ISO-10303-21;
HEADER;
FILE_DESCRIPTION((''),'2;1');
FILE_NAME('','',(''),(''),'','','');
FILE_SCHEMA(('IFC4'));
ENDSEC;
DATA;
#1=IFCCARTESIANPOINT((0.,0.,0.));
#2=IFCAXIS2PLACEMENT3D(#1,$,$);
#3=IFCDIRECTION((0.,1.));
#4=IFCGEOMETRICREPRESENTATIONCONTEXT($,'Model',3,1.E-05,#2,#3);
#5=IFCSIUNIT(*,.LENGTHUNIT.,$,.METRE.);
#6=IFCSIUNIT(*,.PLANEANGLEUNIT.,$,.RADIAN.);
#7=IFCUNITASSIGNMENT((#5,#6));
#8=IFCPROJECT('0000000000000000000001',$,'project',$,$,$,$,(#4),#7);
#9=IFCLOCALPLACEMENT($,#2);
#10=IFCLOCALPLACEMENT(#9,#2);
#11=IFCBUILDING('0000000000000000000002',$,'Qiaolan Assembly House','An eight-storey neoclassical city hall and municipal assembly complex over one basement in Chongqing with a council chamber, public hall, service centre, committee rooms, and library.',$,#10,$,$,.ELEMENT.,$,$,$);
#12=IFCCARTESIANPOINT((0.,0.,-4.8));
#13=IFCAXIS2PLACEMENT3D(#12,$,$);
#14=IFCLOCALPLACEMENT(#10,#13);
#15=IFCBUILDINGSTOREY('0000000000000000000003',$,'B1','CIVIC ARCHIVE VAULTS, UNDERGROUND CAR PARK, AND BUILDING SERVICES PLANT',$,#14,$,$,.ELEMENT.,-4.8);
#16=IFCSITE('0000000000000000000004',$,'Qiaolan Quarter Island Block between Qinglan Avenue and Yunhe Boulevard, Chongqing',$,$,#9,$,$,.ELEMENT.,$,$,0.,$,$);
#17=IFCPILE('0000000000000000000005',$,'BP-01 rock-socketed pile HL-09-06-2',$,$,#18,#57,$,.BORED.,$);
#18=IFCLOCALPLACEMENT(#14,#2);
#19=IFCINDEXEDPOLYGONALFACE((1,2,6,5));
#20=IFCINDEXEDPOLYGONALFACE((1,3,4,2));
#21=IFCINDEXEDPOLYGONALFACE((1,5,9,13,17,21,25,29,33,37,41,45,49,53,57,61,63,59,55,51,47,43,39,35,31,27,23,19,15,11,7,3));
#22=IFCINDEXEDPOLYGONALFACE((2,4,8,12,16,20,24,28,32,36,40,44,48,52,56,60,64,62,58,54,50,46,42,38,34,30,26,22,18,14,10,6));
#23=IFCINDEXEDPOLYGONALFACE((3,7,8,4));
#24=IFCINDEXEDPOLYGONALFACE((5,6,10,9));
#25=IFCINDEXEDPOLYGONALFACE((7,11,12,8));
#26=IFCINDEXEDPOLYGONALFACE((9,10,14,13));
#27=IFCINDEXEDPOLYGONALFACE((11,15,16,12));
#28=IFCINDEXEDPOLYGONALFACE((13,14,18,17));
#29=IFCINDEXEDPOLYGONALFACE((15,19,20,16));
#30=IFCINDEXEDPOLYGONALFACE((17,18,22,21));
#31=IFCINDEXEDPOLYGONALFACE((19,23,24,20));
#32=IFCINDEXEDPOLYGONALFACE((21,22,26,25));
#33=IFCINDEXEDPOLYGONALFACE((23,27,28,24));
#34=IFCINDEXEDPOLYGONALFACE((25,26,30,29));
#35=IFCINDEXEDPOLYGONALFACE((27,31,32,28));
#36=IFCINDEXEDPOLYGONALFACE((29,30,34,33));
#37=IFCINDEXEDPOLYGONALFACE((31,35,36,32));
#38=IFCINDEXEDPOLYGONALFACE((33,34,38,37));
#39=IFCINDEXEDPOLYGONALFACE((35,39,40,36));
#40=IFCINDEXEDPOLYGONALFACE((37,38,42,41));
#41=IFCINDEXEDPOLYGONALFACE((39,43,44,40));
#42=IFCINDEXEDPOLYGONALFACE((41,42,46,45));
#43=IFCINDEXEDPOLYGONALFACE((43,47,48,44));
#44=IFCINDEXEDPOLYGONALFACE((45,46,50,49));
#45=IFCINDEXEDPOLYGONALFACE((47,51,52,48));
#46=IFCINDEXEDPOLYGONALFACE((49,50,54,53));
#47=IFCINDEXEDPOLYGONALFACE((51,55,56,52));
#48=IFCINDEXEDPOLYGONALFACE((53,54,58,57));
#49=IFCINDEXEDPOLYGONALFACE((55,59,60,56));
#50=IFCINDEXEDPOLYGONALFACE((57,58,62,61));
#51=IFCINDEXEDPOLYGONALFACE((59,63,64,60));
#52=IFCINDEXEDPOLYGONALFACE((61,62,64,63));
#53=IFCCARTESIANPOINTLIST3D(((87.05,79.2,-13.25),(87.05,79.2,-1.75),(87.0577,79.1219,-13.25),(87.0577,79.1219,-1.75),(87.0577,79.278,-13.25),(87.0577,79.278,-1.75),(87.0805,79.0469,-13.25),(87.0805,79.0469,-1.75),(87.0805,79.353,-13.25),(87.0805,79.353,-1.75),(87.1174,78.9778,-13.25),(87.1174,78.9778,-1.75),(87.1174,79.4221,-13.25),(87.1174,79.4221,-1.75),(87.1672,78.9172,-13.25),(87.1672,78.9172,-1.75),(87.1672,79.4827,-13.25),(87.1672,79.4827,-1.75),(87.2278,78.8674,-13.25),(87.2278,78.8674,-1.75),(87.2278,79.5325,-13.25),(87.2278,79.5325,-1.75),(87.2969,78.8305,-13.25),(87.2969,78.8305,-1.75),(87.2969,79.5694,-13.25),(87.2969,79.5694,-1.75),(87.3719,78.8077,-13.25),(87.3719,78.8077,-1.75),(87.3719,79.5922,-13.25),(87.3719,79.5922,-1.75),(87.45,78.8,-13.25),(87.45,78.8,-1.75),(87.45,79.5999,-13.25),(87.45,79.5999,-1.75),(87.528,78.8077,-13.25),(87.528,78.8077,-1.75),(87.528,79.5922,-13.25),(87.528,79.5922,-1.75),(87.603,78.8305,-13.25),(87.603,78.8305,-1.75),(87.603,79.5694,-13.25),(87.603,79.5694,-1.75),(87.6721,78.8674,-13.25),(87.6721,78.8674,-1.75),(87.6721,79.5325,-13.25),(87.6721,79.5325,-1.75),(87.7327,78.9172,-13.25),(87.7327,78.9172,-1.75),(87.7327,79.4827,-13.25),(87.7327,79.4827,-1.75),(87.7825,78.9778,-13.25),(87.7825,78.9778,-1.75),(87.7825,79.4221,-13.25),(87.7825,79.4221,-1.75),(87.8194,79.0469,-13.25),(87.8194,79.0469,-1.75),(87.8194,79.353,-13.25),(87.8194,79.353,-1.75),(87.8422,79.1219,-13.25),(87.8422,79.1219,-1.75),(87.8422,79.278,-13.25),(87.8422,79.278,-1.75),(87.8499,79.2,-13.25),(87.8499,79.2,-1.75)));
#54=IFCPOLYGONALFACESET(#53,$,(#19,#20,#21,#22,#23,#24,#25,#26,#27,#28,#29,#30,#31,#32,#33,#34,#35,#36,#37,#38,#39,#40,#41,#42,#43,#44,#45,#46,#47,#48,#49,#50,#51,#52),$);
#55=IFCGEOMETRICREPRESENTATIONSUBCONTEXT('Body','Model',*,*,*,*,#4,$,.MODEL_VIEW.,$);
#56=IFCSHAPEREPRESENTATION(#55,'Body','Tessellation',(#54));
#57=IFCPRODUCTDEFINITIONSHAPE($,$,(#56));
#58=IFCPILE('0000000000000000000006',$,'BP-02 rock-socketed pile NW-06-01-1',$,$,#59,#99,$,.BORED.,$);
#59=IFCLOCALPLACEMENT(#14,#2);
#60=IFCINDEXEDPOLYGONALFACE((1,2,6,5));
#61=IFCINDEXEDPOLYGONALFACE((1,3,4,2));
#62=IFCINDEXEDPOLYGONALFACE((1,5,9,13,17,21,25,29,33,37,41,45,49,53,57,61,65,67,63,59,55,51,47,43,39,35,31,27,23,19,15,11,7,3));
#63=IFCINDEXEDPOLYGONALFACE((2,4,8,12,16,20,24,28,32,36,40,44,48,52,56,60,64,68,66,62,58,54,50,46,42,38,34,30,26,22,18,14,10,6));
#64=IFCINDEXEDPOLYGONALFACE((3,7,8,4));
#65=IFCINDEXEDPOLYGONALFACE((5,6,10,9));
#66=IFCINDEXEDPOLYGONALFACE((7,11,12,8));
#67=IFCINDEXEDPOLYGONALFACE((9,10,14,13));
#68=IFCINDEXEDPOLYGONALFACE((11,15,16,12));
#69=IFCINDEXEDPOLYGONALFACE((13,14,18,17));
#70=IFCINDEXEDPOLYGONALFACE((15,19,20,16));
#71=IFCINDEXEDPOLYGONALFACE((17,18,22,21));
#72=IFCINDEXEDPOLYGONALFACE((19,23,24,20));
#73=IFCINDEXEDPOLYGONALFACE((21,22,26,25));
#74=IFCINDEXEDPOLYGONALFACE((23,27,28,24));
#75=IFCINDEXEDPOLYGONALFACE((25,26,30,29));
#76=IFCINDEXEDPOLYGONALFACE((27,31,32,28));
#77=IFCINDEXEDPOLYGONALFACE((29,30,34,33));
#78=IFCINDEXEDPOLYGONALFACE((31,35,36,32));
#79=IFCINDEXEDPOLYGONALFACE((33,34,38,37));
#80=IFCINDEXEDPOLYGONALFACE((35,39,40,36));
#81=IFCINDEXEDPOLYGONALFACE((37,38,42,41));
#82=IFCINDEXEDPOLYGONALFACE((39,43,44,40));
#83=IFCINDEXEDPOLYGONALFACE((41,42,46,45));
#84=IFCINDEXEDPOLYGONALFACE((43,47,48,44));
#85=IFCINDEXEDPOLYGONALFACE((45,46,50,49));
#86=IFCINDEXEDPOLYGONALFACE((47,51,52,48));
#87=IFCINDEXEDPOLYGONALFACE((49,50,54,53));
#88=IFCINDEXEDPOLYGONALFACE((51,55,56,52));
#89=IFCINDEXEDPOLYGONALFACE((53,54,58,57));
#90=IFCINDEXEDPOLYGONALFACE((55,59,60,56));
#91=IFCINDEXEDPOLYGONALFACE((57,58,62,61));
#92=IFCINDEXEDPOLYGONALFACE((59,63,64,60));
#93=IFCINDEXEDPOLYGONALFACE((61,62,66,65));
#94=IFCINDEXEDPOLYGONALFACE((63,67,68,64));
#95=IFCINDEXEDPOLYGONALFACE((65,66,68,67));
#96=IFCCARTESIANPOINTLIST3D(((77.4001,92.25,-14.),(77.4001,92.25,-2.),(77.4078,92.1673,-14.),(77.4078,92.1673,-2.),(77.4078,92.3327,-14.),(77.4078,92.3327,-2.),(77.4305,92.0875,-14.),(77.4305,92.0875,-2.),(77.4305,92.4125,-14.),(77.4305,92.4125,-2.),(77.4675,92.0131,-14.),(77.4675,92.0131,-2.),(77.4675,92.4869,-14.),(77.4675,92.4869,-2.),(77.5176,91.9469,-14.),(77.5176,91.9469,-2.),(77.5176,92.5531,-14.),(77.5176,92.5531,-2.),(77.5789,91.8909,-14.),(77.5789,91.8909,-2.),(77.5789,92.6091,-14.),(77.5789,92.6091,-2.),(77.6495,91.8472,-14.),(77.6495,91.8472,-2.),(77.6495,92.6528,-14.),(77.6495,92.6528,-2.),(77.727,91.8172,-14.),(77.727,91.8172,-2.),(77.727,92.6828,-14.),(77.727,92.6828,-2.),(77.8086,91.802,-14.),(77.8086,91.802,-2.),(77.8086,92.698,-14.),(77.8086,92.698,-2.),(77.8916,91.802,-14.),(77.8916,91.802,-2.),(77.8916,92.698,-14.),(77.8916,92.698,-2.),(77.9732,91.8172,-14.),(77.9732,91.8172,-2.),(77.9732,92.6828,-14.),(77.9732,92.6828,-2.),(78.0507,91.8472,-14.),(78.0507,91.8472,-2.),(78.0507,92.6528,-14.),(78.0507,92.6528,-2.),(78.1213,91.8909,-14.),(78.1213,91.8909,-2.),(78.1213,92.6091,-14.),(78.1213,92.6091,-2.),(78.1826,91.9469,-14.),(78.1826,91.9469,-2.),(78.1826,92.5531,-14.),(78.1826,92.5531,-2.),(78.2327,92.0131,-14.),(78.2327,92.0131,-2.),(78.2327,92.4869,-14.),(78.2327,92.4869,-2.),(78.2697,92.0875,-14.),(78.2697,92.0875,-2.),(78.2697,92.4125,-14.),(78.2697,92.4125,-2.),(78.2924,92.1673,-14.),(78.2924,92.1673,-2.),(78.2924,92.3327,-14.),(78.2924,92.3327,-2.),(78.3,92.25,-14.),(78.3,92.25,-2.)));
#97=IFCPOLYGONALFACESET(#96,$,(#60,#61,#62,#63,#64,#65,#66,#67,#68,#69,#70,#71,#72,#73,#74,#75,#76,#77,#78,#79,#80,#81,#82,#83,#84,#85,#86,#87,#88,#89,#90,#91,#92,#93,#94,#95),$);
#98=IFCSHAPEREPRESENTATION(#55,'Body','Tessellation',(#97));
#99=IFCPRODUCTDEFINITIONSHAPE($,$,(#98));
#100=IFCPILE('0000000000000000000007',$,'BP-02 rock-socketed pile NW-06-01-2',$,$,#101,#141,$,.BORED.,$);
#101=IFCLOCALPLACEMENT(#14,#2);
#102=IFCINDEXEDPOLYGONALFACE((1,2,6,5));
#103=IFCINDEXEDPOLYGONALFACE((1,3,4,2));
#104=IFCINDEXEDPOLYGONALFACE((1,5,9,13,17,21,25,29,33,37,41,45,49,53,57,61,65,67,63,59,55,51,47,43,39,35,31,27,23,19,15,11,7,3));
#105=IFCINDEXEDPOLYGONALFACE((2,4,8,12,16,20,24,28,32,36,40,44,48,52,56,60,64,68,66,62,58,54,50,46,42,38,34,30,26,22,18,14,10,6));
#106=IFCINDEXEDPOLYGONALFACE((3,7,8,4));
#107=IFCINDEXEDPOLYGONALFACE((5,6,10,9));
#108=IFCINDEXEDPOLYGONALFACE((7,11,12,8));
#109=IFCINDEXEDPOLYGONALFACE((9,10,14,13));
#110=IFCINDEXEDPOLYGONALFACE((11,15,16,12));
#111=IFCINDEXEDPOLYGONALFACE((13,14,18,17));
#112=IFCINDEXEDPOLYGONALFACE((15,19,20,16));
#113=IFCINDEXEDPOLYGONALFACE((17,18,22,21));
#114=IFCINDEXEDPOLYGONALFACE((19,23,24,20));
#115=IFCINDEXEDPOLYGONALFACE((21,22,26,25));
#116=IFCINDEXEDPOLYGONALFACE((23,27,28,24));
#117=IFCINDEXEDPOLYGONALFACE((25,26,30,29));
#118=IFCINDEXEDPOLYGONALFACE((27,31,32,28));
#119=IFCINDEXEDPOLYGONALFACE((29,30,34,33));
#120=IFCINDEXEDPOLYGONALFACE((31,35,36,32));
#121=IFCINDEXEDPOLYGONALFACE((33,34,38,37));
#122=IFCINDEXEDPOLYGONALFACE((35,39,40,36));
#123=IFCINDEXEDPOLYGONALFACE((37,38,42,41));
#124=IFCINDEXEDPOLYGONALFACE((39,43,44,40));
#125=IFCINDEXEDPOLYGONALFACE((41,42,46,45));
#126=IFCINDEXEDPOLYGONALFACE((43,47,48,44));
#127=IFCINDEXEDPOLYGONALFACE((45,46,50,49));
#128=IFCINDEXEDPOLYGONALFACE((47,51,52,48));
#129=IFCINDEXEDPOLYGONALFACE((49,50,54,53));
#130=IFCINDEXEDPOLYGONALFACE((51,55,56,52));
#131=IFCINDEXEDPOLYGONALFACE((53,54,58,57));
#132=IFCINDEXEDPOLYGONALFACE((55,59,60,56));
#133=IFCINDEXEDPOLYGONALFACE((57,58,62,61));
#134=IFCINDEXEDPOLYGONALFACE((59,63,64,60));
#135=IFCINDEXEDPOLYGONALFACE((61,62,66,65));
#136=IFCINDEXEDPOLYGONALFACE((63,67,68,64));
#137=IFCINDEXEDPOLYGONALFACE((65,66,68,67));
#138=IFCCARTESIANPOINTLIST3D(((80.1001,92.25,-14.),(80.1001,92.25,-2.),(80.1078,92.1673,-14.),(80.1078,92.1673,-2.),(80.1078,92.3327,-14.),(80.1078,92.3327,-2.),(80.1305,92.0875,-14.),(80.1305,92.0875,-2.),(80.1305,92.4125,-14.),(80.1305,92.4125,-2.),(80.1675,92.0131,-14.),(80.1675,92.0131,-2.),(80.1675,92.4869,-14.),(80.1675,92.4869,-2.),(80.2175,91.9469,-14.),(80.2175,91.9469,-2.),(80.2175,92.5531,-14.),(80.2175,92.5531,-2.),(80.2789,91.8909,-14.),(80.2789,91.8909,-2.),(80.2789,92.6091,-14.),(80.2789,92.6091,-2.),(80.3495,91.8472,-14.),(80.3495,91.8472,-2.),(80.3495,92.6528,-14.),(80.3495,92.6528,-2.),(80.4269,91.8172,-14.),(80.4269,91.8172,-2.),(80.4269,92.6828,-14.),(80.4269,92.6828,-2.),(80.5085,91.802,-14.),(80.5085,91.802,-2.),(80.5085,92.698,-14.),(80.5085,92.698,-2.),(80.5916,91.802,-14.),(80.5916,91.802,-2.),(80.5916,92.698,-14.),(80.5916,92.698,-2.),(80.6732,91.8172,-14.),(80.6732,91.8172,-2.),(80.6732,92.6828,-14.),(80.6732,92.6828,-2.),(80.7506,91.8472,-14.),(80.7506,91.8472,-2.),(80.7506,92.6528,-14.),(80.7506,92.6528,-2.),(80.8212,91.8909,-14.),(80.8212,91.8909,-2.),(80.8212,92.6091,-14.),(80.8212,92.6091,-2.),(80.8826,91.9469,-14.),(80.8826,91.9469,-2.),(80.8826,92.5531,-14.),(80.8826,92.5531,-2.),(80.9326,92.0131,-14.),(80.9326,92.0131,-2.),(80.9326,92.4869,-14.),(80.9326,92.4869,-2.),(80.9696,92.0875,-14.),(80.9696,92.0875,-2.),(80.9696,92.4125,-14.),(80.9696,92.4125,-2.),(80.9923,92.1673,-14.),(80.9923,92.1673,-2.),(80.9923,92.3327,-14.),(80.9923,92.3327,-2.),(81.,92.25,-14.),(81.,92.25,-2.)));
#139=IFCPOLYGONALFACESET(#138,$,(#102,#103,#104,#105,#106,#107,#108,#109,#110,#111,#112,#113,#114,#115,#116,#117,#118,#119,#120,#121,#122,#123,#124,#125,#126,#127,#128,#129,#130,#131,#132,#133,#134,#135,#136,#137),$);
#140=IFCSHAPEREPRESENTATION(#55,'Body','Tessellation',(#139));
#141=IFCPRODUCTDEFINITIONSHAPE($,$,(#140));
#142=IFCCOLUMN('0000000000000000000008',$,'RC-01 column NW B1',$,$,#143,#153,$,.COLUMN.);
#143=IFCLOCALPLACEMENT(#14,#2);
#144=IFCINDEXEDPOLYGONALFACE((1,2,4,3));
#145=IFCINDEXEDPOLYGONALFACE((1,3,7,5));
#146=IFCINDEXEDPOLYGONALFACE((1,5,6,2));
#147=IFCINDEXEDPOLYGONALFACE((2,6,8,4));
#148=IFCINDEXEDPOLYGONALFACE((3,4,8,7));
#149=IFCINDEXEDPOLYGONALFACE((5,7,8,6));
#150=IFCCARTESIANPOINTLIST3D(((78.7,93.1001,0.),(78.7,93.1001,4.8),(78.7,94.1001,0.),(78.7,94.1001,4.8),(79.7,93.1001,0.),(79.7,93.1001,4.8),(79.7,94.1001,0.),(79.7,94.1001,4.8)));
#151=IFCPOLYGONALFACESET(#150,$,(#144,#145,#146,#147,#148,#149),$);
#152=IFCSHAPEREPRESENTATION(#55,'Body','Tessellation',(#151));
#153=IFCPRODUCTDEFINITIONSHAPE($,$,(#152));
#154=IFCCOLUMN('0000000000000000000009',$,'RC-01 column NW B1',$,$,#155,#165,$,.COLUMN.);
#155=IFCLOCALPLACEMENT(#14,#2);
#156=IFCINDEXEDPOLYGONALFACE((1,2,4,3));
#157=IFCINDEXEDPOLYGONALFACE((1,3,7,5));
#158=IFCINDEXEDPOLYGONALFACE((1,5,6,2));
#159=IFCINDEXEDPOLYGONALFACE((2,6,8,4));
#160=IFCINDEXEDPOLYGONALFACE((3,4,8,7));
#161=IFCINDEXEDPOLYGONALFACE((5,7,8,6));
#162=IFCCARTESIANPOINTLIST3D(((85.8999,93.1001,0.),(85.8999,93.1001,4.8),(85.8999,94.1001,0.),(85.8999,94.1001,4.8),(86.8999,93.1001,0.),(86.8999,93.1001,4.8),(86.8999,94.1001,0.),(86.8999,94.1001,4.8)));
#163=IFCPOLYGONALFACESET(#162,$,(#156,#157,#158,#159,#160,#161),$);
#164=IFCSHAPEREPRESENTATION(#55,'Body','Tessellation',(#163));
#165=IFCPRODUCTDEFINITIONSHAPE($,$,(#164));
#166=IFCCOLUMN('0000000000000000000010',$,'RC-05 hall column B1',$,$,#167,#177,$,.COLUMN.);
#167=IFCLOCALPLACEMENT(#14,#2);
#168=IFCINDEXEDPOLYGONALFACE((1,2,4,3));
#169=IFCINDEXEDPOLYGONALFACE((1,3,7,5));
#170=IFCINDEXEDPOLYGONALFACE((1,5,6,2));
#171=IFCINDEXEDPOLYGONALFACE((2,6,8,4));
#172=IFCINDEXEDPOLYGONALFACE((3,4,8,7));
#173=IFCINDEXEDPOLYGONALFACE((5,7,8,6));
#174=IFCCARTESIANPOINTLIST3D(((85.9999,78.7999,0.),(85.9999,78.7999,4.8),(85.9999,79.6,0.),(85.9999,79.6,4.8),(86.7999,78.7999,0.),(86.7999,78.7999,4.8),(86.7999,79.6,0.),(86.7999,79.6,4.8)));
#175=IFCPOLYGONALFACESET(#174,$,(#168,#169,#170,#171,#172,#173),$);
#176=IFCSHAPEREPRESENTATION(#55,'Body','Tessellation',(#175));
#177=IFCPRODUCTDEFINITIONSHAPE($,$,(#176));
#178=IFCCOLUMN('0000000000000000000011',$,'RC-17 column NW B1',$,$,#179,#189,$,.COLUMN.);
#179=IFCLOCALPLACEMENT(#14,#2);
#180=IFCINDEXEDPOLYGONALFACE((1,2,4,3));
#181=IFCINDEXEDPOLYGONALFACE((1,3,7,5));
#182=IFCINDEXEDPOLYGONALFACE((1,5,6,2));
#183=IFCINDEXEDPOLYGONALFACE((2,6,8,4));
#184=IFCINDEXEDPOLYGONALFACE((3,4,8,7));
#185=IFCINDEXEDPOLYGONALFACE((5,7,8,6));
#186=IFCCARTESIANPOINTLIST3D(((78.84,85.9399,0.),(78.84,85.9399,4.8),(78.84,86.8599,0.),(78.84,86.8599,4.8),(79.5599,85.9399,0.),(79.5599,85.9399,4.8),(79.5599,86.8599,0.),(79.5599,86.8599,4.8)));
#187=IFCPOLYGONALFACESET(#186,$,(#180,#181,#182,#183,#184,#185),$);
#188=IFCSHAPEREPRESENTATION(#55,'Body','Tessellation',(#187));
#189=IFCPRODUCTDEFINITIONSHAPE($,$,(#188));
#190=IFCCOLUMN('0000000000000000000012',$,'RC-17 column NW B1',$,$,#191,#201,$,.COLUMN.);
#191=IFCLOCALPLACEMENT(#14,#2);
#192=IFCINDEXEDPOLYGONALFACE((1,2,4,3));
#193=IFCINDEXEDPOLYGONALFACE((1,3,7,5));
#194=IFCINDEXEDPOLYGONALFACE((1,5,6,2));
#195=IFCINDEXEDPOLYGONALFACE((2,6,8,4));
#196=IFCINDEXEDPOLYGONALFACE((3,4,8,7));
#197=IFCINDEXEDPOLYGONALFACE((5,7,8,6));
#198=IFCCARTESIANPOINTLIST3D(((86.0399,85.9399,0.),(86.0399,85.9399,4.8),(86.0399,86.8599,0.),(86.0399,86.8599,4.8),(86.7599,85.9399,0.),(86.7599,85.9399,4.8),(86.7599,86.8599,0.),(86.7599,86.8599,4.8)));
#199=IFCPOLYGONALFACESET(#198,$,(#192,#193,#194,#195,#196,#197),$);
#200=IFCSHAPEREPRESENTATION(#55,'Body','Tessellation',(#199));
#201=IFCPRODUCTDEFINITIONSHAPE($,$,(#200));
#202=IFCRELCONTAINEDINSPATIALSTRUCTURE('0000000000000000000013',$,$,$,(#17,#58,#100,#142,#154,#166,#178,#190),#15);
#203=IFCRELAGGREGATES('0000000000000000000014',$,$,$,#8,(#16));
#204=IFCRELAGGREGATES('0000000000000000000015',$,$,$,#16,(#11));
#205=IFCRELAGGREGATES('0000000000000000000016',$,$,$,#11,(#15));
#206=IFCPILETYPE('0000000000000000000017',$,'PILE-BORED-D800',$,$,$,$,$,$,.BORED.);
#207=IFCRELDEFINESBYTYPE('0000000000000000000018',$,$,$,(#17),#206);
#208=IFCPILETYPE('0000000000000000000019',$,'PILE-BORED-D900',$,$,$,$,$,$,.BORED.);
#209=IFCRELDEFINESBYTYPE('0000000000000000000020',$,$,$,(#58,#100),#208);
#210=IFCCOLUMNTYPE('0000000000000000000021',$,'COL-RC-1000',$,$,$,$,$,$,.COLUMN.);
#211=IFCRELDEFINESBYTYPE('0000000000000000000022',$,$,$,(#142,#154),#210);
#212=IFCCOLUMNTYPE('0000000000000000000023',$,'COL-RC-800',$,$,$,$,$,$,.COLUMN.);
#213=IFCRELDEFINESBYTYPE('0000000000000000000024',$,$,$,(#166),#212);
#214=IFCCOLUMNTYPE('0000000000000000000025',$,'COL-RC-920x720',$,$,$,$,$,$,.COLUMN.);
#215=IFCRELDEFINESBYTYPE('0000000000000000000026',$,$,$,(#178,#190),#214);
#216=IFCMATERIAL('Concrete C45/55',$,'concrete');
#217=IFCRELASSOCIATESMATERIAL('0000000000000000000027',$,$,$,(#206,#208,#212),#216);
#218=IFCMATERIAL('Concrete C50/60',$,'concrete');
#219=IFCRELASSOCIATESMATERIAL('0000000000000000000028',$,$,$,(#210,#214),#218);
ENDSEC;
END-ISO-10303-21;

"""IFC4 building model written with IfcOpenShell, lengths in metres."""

from ifc_helpers import new_model, si_unit, direction, frame, origin, origin_2d, place, context, subcontext, project, spatial, rectangle, circle, extrude, material, material_profile, profile_set, type_object, element, save


model = new_model("IFC4")

# Units and contexts
model_context = context("Model", 3, precision=1e-05, world=origin(), true_north=direction((0.0, 1.0)))
body_context = subcontext(model_context, "Body", "Model", "MODEL_VIEW")
ifc_project = project(units=[si_unit("LENGTHUNIT", "METRE"), si_unit("PLANEANGLEUNIT", "RADIAN")], contexts=[model_context])

# Site, building, storey
site_placement = place(None, origin())
site = spatial("IfcSite", under=ifc_project, at=site_placement, Name="Qiaolan Quarter Island Block between Qinglan Avenue and Yunhe Boulevard, Chongqing", CompositionType="ELEMENT", RefElevation=0.0)
building_placement = place(site_placement, origin())
building = spatial("IfcBuilding", under=site, at=building_placement, Name="Qiaolan Assembly House", Description="An eight-storey neoclassical city hall and municipal assembly complex over one basement in Chongqing with a council chamber, public hall, service centre, committee rooms, and library.", CompositionType="ELEMENT")
storey_placement = place(building_placement, frame((0.0, 0.0, -4.8)))
storey = spatial("IfcBuildingStorey", under=building, at=storey_placement, Name="B1", Description="CIVIC ARCHIVE VAULTS, UNDERGROUND CAR PARK, AND BUILDING SERVICES PLANT", CompositionType="ELEMENT", Elevation=-4.8)

# Piles
ifc_material_1 = material(Name="Concrete C45/55", Category="concrete")
ifc_material_profile_1 = material_profile(ifc_material_1, circle(Radius=0.3999, at=origin_2d()), Name="PILE D800")
ifc_profile_set_1 = profile_set([ifc_material_profile_1], Name="Concrete C45/55")
pile_type_1 = type_object("IfcPileType", Name="PILE-BORED-D800", PredefinedType="BORED", material=ifc_profile_set_1)
pile_placement = place(storey_placement, frame((87.45, 79.2, -1.75), z_axis=(0.0, 0.0, -1.0), x_axis=(1.0, 0.0, 0.0)))
element("IfcPile", 1, at=pile_placement, inside=storey, type_object=pile_type_1, Name="BP-01 rock-socketed pile HL-09-06-2", PredefinedType="BORED", context=body_context, shape_type="SweptSolid", body=[
    extrude(circle(Radius=0.3999, at=origin_2d()), origin(), (0.0, 0.0, 1.0), 11.5),
])
ifc_material_profile_2 = material_profile(ifc_material_1, circle(Radius=0.45, at=origin_2d()), Name="PILE D900")
ifc_profile_set_2 = profile_set([ifc_material_profile_2], Name="Concrete C45/55")
pile_type_2 = type_object("IfcPileType", Name="PILE-BORED-D900", PredefinedType="BORED", material=ifc_profile_set_2)
for number, where, z_axis, x_axis, name in (
    (2, (77.8501, 92.25, -2.0), (0.0, 0.0, -1.0), (1.0, 0.0, 0.0), "BP-02 rock-socketed pile NW-06-01-1"),
    (3, (80.55, 92.25, -2.0), (0.0, 0.0, -1.0), (1.0, 0.0, 0.0), "BP-02 rock-socketed pile NW-06-01-2"),
):
    element("IfcPile", number, at=place(storey_placement, frame(where, z_axis=z_axis, x_axis=x_axis)), inside=storey, type_object=pile_type_2, Name=name, PredefinedType="BORED", context=body_context, shape_type="SweptSolid", body=[
        extrude(circle(Radius=0.45, at=origin_2d()), origin(), (0.0, 0.0, 1.0), 12.0),
    ])

# Columns
ifc_material_2 = material(Name="Concrete C50/60", Category="concrete")
ifc_material_profile_3 = material_profile(ifc_material_2, rectangle(XDim=1.0, YDim=1.0, at=origin_2d()), Name="RC 1000x1000")
ifc_profile_set_3 = profile_set([ifc_material_profile_3], Name="Concrete C50/60")
column_type_1 = type_object("IfcColumnType", Name="COL-RC-1000", PredefinedType="COLUMN", material=ifc_profile_set_3)
for number, where, z_axis, x_axis, name in (
    (4, (79.2, 93.6001, 0.0), (0.0, 0.0, 1.0), (1.0, 0.0, 0.0), "RC-01 column NW B1"),
    (5, (86.3999, 93.6001, 0.0), (0.0, 0.0, 1.0), (1.0, 0.0, 0.0), "RC-01 column NW B1"),
):
    element("IfcColumn", number, at=place(storey_placement, frame(where, z_axis=z_axis, x_axis=x_axis)), inside=storey, type_object=column_type_1, Name=name, PredefinedType="COLUMN", context=body_context, shape_type="SweptSolid", body=[
        extrude(rectangle(XDim=1.0, YDim=1.0, at=origin_2d()), origin(), (0.0, 0.0, 1.0), 4.8),
    ])
ifc_material_profile_4 = material_profile(ifc_material_1, rectangle(XDim=0.8, YDim=0.8, at=origin_2d()), Name="RC 800x800")
ifc_profile_set_4 = profile_set([ifc_material_profile_4], Name="Concrete C45/55")
column_type_2 = type_object("IfcColumnType", Name="COL-RC-800", PredefinedType="COLUMN", material=ifc_profile_set_4)
column_placement = place(storey_placement, frame((86.3999, 79.2, 0.0), z_axis=(0.0, 0.0, 1.0), x_axis=(1.0, 0.0, 0.0)))
element("IfcColumn", 6, at=column_placement, inside=storey, type_object=column_type_2, Name="RC-05 hall column B1", PredefinedType="COLUMN", context=body_context, shape_type="SweptSolid", body=[
    extrude(rectangle(XDim=0.8, YDim=0.8, at=origin_2d()), origin(), (0.0, 0.0, 1.0), 4.8),
])
ifc_material_profile_5 = material_profile(ifc_material_2, rectangle(XDim=0.72, YDim=0.9199, at=origin_2d()), Name="RC 920x720")
ifc_profile_set_5 = profile_set([ifc_material_profile_5], Name="Concrete C50/60")
column_type_3 = type_object("IfcColumnType", Name="COL-RC-920x720", PredefinedType="COLUMN", material=ifc_profile_set_5)
for number, where, z_axis, x_axis, name in (
    (7, (79.2, 86.3999, 0.0), (0.0, 0.0, 1.0), (1.0, 0.0, 0.0), "RC-17 column NW B1"),
    (8, (86.3999, 86.3999, 0.0), (0.0, 0.0, 1.0), (1.0, 0.0, 0.0), "RC-17 column NW B1"),
):
    element("IfcColumn", number, at=place(storey_placement, frame(where, z_axis=z_axis, x_axis=x_axis)), inside=storey, type_object=column_type_3, Name=name, PredefinedType="COLUMN", context=body_context, shape_type="SweptSolid", body=[
        extrude(rectangle(XDim=0.72, YDim=0.9199, at=origin_2d()), origin(), (0.0, 0.0, 1.0), 4.8),
    ])

save(model, "model.ifc")
